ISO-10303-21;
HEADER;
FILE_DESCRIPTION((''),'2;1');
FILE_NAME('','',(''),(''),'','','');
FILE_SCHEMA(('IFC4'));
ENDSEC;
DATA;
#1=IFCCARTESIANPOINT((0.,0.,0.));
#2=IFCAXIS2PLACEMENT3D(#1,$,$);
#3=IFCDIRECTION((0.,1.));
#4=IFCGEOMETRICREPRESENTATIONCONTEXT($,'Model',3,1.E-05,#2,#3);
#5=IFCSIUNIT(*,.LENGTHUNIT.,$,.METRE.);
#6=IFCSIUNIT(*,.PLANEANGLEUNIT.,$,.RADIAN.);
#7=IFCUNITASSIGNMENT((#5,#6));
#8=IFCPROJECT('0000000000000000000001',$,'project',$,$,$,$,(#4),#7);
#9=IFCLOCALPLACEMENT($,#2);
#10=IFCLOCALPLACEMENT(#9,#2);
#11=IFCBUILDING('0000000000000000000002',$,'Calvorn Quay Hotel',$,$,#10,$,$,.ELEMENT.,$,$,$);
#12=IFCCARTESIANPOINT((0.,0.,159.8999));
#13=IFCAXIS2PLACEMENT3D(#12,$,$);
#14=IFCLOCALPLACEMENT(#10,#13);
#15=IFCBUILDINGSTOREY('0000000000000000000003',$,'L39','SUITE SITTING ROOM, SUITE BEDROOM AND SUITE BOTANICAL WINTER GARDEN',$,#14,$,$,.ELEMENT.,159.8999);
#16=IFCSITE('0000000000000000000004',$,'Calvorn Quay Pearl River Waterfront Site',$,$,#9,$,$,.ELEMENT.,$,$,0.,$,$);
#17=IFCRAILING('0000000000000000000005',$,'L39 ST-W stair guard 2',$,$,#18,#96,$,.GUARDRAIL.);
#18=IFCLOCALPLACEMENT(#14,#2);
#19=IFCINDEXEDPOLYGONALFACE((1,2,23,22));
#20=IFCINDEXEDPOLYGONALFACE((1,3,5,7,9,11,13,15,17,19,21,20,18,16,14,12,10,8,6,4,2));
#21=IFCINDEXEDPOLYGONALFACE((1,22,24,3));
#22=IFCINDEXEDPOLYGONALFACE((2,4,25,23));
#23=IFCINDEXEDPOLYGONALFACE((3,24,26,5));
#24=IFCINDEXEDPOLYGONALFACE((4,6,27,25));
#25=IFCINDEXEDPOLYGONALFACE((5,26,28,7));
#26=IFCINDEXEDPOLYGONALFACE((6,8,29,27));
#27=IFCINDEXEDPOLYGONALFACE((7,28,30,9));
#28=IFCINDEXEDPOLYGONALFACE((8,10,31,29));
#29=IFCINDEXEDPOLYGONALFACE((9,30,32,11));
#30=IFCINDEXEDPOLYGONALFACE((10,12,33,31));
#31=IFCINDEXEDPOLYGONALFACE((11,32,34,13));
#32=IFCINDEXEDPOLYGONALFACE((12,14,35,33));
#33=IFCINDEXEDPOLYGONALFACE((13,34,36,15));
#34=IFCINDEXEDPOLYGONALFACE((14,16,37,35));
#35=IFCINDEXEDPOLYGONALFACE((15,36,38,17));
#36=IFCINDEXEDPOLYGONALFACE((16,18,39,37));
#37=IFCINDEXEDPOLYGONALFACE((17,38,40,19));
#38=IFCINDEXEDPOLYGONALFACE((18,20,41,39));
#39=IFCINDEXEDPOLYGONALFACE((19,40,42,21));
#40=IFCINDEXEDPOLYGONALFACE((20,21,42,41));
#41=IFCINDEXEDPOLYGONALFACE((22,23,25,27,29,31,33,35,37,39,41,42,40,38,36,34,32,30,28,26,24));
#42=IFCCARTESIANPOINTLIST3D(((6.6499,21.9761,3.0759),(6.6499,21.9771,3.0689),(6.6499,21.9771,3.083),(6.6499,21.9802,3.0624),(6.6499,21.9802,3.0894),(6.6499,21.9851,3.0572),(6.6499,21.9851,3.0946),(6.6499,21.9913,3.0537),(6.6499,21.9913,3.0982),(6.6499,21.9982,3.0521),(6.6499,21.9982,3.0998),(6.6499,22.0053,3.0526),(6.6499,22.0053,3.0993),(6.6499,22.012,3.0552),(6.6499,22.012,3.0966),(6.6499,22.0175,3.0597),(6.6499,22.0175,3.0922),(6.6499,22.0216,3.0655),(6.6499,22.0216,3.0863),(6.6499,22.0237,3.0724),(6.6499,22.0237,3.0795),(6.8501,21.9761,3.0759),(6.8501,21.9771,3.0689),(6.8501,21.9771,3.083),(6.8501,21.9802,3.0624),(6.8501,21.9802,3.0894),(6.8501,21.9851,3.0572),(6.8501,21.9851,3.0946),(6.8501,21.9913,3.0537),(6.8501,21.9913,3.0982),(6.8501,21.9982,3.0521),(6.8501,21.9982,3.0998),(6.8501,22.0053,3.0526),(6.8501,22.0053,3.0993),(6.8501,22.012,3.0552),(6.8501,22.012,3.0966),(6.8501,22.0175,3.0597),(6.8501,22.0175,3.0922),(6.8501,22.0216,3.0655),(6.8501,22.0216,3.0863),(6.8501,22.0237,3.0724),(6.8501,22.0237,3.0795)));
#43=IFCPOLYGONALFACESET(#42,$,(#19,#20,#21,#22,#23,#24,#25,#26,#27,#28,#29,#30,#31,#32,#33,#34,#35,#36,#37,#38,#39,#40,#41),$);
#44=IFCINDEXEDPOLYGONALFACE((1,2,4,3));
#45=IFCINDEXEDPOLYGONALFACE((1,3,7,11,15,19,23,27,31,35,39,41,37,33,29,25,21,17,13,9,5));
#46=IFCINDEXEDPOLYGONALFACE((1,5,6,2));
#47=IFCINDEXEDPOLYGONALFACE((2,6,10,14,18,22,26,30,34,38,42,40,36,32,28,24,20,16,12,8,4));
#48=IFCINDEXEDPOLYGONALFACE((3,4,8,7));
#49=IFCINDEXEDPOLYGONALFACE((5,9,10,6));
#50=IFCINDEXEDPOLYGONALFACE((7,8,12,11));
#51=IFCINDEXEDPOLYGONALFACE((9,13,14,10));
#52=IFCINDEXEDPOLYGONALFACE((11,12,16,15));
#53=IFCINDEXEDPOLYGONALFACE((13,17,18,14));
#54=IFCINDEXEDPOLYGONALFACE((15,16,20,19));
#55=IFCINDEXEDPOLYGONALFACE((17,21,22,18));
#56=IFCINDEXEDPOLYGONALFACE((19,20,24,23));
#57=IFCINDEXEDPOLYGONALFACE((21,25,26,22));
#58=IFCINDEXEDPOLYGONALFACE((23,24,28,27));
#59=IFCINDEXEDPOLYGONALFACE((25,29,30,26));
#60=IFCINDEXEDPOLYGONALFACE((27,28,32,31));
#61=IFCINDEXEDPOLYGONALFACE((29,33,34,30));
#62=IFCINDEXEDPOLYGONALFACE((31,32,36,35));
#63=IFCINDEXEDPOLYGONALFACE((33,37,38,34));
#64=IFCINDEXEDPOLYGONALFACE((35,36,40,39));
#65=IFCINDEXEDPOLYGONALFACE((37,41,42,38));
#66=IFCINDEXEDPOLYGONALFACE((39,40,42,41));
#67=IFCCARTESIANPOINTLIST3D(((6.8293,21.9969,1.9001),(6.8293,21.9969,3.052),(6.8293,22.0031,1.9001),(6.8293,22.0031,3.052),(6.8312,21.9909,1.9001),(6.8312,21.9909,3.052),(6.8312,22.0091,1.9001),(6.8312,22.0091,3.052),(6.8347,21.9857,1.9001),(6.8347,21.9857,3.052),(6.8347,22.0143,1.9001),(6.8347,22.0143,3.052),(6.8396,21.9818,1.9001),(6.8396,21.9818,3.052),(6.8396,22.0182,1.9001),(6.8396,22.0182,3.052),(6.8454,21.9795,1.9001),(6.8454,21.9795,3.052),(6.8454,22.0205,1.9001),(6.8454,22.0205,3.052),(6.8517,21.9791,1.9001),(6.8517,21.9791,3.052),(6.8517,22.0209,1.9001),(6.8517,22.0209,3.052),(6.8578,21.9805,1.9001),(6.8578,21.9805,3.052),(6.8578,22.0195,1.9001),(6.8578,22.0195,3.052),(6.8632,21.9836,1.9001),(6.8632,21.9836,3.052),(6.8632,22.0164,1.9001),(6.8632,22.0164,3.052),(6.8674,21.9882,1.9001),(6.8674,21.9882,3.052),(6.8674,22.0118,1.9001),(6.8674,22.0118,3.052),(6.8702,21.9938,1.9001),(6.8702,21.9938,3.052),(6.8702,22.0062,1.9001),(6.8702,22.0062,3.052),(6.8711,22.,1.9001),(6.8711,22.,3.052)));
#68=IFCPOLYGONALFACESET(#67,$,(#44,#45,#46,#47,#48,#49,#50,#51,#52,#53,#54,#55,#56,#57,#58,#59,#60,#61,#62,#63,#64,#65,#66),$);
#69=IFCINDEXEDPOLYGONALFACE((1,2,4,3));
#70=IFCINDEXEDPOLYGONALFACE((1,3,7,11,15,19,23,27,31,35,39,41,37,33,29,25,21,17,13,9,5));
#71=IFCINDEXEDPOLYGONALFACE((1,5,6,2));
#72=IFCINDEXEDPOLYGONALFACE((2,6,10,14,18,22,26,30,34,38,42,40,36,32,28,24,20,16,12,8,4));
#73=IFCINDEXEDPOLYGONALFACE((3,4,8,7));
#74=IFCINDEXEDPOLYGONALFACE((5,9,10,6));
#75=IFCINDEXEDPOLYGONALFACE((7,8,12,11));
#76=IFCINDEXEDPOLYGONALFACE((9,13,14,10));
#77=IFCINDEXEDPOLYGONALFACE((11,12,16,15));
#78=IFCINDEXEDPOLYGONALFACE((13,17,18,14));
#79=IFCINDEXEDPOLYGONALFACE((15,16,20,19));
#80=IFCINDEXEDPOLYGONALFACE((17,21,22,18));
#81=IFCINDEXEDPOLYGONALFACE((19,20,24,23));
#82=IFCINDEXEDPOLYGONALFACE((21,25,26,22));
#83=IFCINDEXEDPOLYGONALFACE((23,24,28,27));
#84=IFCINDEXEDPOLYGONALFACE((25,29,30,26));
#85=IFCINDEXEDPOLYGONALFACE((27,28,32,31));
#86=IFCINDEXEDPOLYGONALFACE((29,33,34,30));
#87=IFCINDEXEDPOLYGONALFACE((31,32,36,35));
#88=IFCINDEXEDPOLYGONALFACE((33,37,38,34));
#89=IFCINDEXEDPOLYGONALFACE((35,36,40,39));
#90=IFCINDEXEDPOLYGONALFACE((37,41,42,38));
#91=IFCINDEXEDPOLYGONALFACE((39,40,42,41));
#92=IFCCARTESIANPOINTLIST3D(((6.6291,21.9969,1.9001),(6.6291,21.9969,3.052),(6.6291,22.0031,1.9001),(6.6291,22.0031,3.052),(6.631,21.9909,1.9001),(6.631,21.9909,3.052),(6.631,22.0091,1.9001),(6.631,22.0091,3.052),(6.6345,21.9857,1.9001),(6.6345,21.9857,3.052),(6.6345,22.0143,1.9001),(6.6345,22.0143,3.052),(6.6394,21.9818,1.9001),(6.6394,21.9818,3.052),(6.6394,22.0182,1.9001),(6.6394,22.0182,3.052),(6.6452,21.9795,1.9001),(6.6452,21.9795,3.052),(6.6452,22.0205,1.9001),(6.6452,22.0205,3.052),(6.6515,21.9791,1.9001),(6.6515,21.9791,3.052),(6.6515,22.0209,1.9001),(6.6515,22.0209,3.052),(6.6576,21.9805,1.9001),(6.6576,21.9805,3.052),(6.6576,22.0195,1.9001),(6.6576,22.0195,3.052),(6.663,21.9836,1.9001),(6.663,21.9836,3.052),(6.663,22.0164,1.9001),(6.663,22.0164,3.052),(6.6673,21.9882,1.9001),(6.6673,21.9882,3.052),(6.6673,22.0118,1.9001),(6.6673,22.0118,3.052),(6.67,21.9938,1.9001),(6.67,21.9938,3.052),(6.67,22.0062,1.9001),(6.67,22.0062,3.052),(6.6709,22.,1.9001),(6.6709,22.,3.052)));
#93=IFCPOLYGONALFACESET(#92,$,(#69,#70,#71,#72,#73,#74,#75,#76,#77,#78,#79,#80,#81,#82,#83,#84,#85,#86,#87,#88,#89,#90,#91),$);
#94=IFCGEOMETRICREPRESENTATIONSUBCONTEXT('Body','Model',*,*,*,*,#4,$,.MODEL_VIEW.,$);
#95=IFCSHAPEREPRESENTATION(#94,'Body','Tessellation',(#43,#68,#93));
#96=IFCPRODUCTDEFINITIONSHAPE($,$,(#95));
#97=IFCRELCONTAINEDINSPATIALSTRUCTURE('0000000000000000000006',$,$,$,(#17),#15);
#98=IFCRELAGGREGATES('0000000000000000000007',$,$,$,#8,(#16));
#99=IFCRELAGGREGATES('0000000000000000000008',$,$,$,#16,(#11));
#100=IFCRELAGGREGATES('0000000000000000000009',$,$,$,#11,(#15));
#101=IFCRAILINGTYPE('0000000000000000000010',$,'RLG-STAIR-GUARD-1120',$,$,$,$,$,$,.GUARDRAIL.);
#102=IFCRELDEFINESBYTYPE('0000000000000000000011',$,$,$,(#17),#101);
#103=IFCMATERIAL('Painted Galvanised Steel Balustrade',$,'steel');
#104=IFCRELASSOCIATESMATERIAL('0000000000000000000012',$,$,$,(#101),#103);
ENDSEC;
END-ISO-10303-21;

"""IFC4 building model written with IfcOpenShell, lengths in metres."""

from ifc_helpers import new_model, si_unit, direction, frame, origin, origin_2d, place, context, subcontext, project, spatial, circle, extrude, material, type_object, element, save


model = new_model("IFC4")

# Units and contexts
model_context = context("Model", 3, precision=1e-05, world=origin(), true_north=direction((0.0, 1.0)))
body_context = subcontext(model_context, "Body", "Model", "MODEL_VIEW")
ifc_project = project(units=[si_unit("LENGTHUNIT", "METRE"), si_unit("PLANEANGLEUNIT", "RADIAN")], contexts=[model_context])

# Site, building, storey
site_placement = place(None, origin())
site = spatial("IfcSite", under=ifc_project, at=site_placement, Name="Calvorn Quay Pearl River Waterfront Site", CompositionType="ELEMENT", RefElevation=0.0)
building_placement = place(site_placement, origin())
building = spatial("IfcBuilding", under=site, at=building_placement, Name="Calvorn Quay Hotel", CompositionType="ELEMENT")
storey_placement = place(building_placement, frame((0.0, 0.0, 159.8999)))
storey = spatial("IfcBuildingStorey", under=building, at=storey_placement, Name="L39", Description="SUITE SITTING ROOM, SUITE BEDROOM AND SUITE BOTANICAL WINTER GARDEN", CompositionType="ELEMENT", Elevation=159.8999)

# Railing
ifc_material_1 = material(Name="Painted Galvanised Steel Balustrade", Category="steel")
railing_type_1 = type_object("IfcRailingType", Name="RLG-STAIR-GUARD-1120", PredefinedType="GUARDRAIL", material=ifc_material_1)
railing_1_placement = place(storey_placement, frame((6.8501, 22.0, 1.9001)))
element("IfcRailing", 1, at=railing_1_placement, inside=storey, type_object=railing_type_1, Name="L39 ST-W stair guard 2", PredefinedType="GUARDRAIL", context=body_context, shape_type="SweptSolid", body=[
    extrude(circle(Radius=0.0239, at=origin_2d()), frame((0.0, 0.0, 1.1758), z_axis=(-1.0, 0.0, 0.0), x_axis=(0.0, -1.0, 0.0)), (0.0, 0.0, 1.0), 0.2002),
    extrude(circle(Radius=0.021, at=origin_2d()), origin(), (0.0, 0.0, 1.0), 1.1519),
    extrude(circle(Radius=0.021, at=origin_2d()), frame((-0.2002, 0.0, 0.0)), (0.0, 0.0, 1.0), 1.1519),
])

save(model, "model.ifc")
